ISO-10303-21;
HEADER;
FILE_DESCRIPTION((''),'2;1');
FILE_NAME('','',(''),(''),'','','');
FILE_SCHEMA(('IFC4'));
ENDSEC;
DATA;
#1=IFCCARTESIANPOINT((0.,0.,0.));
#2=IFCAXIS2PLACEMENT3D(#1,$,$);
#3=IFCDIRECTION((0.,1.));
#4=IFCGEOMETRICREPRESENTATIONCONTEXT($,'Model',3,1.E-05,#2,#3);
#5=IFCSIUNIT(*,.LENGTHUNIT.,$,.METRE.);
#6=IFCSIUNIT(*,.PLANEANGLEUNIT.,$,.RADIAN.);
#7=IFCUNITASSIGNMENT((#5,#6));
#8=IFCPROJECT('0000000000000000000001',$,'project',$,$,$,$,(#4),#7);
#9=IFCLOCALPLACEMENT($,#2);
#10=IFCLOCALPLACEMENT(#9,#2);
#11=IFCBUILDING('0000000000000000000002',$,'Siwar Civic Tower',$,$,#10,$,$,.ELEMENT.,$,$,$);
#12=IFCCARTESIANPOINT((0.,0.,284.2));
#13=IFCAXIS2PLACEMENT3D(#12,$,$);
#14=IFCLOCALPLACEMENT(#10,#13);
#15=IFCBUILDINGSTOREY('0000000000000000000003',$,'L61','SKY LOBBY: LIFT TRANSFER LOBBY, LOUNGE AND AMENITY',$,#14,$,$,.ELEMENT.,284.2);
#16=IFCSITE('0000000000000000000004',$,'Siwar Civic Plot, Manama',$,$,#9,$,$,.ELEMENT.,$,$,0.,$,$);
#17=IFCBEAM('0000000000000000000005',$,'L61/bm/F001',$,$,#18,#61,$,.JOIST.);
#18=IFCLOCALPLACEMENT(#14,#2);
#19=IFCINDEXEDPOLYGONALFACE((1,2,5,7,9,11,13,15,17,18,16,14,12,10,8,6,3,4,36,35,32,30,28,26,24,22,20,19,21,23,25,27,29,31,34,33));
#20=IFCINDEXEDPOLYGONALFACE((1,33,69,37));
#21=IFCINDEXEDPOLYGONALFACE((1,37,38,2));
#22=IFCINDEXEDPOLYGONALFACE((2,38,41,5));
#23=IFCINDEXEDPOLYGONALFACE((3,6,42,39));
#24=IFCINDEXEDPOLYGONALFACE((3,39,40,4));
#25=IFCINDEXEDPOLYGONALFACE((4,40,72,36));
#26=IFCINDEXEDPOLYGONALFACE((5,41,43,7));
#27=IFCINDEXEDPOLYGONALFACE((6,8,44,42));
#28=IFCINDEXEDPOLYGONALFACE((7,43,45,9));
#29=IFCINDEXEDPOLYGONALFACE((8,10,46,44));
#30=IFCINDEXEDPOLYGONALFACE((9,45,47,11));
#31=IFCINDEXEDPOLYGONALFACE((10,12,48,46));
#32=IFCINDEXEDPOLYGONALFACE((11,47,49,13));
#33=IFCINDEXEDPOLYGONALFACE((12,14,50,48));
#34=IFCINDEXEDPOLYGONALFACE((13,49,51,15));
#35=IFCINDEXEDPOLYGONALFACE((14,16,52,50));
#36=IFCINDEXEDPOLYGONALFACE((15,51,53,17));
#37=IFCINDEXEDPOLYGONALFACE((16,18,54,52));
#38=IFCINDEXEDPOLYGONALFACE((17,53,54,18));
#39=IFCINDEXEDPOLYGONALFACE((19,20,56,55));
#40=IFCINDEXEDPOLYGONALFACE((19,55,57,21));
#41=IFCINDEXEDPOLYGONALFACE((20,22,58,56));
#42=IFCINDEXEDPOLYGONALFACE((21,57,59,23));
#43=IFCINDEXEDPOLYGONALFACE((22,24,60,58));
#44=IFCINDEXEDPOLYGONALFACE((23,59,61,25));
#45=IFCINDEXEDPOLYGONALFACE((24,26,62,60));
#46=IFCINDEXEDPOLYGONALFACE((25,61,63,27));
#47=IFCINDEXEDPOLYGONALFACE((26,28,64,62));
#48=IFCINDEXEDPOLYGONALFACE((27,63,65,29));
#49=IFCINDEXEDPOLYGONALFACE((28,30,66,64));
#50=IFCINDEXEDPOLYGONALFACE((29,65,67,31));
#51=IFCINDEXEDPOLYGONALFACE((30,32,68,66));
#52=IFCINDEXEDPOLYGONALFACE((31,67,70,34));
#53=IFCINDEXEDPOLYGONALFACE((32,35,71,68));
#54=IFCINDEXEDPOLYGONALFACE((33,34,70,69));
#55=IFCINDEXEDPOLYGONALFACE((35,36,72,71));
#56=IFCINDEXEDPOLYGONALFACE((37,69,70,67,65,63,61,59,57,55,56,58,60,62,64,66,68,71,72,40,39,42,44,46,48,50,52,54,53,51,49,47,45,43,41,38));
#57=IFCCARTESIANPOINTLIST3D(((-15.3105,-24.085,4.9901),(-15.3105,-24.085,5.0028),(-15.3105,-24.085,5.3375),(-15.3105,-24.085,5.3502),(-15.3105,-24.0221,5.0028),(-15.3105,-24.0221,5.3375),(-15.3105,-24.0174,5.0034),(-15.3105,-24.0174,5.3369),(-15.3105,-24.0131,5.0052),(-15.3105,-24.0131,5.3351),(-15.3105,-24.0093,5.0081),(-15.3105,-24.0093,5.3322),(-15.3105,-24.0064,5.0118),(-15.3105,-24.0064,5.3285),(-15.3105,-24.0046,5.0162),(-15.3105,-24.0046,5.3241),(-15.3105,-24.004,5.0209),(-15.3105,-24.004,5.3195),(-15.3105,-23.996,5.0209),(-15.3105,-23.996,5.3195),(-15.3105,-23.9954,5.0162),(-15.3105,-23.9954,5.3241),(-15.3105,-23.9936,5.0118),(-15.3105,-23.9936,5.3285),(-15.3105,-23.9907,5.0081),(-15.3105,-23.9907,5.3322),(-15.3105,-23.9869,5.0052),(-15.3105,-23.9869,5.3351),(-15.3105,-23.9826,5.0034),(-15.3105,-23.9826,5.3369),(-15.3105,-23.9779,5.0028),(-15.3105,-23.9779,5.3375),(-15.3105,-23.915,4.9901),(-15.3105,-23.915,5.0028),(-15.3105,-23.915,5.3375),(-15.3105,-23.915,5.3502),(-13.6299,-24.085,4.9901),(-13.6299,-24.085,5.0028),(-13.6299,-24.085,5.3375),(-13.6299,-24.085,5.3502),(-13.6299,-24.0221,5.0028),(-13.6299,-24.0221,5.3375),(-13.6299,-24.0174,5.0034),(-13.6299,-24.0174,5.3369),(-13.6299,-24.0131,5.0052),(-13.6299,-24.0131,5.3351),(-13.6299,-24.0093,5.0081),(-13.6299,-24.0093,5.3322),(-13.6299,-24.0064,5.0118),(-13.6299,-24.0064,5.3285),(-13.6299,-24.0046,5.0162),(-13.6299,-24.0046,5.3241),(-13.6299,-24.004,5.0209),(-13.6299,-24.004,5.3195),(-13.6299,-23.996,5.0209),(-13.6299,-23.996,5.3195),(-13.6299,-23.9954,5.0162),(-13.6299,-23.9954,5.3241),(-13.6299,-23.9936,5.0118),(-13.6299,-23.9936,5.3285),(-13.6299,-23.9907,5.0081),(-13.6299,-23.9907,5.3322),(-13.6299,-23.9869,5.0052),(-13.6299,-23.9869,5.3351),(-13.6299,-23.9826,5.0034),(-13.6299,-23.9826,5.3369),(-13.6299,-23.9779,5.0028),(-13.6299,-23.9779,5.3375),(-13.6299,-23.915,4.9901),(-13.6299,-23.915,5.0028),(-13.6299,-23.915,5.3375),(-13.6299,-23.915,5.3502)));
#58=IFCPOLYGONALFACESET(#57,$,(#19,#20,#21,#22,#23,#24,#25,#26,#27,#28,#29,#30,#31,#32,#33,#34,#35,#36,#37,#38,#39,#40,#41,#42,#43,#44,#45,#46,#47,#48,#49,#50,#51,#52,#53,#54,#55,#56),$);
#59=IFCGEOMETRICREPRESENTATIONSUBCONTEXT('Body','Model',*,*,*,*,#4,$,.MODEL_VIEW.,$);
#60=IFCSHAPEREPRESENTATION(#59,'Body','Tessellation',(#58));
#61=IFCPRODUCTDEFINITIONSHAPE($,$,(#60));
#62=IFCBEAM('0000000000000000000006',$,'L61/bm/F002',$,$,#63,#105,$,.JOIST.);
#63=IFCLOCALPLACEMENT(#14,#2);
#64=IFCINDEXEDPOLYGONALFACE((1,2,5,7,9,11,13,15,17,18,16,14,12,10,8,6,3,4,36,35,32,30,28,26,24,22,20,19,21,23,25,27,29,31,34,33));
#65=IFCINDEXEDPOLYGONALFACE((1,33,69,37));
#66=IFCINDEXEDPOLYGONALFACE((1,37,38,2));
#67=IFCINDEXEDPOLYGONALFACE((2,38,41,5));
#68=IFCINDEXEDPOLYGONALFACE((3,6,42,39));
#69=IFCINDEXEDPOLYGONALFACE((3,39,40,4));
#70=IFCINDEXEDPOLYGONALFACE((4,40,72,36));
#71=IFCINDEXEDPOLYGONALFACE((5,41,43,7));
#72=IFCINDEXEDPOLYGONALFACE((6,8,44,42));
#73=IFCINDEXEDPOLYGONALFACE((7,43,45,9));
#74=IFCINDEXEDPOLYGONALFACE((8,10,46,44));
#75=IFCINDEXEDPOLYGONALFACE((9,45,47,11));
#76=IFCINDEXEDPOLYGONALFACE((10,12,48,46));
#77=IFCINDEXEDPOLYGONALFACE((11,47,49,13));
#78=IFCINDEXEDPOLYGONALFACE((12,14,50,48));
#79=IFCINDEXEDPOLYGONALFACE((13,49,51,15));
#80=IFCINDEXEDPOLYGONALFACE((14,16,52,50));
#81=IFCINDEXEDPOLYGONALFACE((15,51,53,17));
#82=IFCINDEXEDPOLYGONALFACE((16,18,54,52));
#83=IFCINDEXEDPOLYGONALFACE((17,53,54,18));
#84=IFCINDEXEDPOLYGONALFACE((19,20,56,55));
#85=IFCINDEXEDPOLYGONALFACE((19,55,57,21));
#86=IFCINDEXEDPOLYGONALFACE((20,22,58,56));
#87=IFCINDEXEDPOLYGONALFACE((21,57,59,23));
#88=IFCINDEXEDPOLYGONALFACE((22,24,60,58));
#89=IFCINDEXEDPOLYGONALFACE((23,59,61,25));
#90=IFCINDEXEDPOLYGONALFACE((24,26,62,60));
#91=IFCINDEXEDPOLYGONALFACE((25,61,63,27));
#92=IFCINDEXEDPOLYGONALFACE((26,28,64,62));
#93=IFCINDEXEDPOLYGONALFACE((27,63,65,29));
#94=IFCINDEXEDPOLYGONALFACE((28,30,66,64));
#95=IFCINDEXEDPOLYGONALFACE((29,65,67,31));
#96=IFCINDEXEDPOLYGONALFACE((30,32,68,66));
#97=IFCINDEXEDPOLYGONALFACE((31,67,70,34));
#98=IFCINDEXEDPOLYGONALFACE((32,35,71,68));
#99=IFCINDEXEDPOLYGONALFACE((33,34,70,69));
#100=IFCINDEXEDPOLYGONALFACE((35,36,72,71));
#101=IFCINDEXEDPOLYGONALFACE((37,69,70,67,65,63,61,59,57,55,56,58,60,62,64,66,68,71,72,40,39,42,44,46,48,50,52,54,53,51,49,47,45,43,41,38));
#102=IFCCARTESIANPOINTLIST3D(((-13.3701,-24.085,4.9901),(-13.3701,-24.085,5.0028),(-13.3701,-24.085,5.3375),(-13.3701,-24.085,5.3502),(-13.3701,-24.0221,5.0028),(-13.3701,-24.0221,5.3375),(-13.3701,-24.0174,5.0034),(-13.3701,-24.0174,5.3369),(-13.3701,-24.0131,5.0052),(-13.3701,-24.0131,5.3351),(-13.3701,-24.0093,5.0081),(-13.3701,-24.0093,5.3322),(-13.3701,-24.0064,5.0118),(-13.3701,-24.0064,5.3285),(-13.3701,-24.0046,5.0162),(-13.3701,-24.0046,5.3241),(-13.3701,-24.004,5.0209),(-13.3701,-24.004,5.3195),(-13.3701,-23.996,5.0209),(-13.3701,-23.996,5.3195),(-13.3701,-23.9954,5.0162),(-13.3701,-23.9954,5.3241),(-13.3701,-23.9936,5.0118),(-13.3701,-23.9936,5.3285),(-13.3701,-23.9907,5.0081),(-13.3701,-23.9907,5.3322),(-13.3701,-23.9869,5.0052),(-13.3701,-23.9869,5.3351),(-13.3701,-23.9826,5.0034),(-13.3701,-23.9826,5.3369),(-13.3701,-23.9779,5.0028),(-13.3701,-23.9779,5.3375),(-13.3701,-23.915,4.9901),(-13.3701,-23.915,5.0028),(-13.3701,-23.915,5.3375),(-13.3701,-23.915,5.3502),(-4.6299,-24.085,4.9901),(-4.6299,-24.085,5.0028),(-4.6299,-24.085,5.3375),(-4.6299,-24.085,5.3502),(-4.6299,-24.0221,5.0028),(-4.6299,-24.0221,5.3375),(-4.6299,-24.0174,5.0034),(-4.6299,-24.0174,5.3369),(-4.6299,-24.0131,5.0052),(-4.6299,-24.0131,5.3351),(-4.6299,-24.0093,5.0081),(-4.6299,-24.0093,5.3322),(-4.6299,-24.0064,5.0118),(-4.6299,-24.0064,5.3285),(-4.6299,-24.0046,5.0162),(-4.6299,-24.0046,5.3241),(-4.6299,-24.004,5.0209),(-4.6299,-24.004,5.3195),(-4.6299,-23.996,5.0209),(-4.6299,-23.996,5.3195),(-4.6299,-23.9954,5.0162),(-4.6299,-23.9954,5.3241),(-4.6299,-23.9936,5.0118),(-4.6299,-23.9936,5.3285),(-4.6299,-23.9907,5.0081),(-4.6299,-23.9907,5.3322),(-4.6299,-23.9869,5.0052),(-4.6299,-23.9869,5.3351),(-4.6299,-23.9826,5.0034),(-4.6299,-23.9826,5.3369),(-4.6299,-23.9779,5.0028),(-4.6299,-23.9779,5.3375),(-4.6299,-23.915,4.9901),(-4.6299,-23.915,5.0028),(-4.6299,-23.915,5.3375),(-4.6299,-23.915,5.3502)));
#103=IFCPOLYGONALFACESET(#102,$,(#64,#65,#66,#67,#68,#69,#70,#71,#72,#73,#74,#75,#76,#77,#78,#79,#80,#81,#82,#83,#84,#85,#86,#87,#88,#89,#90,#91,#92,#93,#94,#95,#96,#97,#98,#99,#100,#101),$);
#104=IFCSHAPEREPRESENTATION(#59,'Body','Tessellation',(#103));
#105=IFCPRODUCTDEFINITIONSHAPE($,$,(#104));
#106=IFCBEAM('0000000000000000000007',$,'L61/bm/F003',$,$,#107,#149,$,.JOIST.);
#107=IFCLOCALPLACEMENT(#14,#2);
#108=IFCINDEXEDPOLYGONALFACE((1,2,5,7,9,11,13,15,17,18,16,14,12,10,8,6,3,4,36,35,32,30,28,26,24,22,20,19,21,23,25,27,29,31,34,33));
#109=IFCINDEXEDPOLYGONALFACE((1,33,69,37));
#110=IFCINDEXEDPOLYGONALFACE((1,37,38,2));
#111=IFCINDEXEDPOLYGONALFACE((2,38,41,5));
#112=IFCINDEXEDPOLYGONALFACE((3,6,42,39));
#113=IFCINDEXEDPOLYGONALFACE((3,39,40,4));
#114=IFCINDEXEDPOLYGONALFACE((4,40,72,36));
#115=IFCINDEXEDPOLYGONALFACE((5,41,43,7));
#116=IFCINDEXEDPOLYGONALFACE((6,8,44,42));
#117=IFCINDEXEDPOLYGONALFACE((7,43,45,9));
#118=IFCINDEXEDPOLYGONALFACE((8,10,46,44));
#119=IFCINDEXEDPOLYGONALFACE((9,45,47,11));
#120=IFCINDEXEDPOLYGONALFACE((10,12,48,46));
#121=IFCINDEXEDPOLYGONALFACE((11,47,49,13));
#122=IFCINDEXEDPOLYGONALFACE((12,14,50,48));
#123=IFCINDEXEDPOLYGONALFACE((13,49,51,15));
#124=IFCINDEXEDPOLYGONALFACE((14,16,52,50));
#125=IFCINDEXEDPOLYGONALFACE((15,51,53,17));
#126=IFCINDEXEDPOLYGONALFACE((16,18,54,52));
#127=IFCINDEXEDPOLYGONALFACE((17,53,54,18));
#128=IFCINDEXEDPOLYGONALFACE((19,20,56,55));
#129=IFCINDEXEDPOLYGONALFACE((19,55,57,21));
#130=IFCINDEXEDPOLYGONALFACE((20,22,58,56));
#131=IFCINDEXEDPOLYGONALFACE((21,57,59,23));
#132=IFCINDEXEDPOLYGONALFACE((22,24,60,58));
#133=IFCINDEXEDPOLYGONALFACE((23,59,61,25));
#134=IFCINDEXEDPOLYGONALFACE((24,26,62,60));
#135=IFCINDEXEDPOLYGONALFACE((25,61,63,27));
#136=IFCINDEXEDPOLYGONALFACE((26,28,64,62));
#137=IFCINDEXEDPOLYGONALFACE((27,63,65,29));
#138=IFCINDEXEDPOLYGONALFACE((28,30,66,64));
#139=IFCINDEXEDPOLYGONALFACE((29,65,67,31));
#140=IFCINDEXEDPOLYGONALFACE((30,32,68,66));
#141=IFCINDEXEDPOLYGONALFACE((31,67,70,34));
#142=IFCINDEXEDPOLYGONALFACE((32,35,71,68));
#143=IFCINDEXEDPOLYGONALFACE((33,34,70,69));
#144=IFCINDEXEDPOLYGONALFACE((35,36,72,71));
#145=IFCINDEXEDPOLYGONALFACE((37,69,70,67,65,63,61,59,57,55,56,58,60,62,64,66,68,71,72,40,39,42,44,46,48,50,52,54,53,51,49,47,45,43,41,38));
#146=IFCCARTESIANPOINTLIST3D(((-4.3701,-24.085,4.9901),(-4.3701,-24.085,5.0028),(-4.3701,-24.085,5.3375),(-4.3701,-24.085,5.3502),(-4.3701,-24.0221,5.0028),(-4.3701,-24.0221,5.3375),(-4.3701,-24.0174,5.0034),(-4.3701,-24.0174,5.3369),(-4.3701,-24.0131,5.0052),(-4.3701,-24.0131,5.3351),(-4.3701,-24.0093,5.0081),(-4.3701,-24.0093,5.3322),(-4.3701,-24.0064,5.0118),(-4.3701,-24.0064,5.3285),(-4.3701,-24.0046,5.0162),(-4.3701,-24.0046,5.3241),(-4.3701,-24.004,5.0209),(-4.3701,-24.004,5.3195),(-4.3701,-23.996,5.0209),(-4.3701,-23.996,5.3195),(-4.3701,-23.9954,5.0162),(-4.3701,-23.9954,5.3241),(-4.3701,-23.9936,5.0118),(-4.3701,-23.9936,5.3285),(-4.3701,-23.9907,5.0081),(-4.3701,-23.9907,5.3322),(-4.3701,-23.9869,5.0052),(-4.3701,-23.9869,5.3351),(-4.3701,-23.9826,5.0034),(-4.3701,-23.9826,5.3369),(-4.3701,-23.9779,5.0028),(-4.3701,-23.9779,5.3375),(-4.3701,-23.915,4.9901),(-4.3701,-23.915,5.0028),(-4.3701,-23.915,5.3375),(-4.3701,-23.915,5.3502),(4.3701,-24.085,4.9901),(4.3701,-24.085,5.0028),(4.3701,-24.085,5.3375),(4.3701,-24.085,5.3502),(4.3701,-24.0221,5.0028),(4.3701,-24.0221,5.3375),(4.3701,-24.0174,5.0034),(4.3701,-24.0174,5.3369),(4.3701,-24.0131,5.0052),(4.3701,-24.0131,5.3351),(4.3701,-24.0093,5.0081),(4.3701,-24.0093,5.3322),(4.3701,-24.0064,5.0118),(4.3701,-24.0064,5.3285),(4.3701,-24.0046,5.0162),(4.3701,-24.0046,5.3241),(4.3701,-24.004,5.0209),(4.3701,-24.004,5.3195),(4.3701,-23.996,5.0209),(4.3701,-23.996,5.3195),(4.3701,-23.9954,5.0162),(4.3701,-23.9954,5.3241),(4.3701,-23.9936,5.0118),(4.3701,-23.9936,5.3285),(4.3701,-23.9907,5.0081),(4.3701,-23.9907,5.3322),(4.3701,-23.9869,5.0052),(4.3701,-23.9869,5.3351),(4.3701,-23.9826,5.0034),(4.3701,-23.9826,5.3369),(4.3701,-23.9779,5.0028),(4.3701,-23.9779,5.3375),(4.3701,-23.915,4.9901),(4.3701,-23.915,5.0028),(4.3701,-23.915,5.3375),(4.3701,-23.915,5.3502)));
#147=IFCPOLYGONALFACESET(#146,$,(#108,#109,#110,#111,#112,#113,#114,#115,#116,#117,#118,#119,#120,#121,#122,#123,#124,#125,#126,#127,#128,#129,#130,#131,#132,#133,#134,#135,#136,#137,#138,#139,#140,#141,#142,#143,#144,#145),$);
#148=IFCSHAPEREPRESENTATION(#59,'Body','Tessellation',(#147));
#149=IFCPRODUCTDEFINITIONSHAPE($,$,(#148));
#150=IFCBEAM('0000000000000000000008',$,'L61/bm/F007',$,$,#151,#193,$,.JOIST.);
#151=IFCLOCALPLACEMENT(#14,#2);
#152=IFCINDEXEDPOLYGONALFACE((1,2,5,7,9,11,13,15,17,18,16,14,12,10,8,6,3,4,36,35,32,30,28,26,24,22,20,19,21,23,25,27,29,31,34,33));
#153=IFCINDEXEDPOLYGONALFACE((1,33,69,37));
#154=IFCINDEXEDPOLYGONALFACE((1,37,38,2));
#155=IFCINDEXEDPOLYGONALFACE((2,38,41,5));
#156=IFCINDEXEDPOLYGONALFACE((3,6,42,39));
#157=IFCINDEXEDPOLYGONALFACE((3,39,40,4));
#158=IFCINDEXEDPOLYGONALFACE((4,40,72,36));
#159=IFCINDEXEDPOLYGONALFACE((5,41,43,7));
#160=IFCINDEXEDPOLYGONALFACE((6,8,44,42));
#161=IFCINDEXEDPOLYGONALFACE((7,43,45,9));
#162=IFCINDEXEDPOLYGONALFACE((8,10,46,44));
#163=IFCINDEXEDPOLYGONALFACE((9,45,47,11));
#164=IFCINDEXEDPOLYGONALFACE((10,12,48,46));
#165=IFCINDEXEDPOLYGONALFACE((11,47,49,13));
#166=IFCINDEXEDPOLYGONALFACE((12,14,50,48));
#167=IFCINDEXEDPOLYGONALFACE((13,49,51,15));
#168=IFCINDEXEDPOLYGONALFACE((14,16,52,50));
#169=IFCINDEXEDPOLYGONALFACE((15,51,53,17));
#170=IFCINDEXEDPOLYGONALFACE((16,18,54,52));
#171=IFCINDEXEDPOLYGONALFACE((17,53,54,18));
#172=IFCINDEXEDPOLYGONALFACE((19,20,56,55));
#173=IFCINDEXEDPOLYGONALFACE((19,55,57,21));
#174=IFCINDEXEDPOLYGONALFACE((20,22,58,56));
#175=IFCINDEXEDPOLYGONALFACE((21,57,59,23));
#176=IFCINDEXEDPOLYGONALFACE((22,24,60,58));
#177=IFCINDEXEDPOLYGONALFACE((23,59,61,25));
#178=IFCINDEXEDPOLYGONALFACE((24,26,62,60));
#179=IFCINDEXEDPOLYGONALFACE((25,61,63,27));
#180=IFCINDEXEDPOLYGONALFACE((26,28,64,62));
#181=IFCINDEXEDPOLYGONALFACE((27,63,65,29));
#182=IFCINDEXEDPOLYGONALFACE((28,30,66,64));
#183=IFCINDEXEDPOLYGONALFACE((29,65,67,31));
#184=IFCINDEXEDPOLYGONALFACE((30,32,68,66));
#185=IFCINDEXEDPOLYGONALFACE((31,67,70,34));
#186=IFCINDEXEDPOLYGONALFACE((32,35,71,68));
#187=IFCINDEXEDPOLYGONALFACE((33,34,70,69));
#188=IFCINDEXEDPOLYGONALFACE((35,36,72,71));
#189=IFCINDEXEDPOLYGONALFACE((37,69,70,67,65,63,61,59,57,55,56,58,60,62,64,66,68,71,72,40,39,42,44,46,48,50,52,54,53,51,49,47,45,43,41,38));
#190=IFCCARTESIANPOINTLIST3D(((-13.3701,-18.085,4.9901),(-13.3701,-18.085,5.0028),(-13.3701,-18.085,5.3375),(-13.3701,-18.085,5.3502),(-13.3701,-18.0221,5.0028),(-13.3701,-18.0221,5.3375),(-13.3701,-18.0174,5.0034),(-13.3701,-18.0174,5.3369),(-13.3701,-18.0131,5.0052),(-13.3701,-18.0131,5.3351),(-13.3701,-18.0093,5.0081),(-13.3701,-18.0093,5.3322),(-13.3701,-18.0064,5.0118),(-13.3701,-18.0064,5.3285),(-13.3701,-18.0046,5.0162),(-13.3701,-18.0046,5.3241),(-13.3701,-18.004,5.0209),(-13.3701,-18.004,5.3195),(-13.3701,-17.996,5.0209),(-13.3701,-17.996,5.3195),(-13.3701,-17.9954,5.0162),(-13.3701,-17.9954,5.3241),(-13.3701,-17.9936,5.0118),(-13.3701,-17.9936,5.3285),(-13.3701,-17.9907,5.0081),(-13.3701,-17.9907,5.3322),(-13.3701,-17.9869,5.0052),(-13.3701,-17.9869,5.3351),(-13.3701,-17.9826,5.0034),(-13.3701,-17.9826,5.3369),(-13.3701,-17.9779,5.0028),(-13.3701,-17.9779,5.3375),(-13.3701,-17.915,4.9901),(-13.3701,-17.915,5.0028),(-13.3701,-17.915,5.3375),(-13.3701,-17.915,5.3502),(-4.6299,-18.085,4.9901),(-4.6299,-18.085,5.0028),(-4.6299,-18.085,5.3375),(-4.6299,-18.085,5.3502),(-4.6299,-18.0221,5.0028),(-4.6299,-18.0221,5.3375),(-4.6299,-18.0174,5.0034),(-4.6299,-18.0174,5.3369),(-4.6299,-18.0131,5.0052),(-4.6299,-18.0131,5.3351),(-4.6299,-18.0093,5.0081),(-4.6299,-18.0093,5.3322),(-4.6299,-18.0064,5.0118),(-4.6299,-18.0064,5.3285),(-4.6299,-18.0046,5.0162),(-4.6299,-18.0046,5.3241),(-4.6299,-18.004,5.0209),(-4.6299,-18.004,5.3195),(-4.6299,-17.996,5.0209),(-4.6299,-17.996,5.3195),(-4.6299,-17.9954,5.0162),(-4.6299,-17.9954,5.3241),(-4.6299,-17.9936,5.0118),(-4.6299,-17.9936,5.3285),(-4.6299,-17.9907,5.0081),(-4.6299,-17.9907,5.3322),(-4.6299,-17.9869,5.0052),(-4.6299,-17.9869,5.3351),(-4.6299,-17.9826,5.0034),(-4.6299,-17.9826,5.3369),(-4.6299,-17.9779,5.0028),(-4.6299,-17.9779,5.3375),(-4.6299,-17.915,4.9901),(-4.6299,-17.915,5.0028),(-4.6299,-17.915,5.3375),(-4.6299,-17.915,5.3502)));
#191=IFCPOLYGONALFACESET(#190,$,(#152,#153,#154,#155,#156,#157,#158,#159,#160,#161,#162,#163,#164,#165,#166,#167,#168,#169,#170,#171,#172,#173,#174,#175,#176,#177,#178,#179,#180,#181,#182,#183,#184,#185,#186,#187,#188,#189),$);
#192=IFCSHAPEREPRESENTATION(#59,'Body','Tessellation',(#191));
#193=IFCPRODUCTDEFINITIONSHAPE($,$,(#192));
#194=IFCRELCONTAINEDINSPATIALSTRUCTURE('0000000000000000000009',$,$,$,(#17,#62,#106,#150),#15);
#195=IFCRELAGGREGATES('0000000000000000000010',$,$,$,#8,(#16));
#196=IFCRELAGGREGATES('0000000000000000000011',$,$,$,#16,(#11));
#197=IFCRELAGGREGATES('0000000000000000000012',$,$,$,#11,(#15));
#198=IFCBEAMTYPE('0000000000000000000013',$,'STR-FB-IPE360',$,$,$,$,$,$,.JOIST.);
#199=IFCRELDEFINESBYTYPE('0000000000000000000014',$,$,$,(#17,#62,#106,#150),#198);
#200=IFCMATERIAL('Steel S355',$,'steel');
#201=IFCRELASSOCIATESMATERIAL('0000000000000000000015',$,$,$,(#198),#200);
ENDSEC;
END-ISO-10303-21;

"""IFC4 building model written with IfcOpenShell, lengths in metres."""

from ifc_helpers import new_model, si_unit, direction, frame, origin, origin_2d, place, context, subcontext, project, spatial, i_section, extrude, material, material_profile, profile_set, type_object, element, save


model = new_model("IFC4")

# Units and contexts
model_context = context("Model", 3, precision=1e-05, world=origin(), true_north=direction((0.0, 1.0)))
body_context = subcontext(model_context, "Body", "Model", "MODEL_VIEW")
ifc_project = project(units=[si_unit("LENGTHUNIT", "METRE"), si_unit("PLANEANGLEUNIT", "RADIAN")], contexts=[model_context])

# Site, building, storey
site_placement = place(None, origin())
site = spatial("IfcSite", under=ifc_project, at=site_placement, Name="Siwar Civic Plot, Manama", CompositionType="ELEMENT", RefElevation=0.0)
building_placement = place(site_placement, origin())
building = spatial("IfcBuilding", under=site, at=building_placement, Name="Siwar Civic Tower", CompositionType="ELEMENT")
storey_placement = place(building_placement, frame((0.0, 0.0, 284.2)))
storey = spatial("IfcBuildingStorey", under=building, at=storey_placement, Name="L61", Description="SKY LOBBY: LIFT TRANSFER LOBBY, LOUNGE AND AMENITY", CompositionType="ELEMENT", Elevation=284.2)

# Beams
ifc_material_1 = material(Name="Steel S355", Category="steel")
ifc_material_profile_1 = material_profile(ifc_material_1, i_section(OverallWidth=0.1699, OverallDepth=0.3601, WebThickness=0.0081, FlangeThickness=0.0127, FilletRadius=0.0181, at=origin_2d()), Name="IPE360")
ifc_profile_set_1 = profile_set([ifc_material_profile_1], Name="Steel S355")
beam_type_1 = type_object("IfcBeamType", Name="STR-FB-IPE360", PredefinedType="JOIST", material=ifc_profile_set_1)
beam_1_placement = place(storey_placement, frame((-15.3105, -24.0, 5.1702), z_axis=(1.0, 0.0, 0.0), x_axis=(0.0, 1.0, 0.0)))
element("IfcBeam", 1, at=beam_1_placement, inside=storey, type_object=beam_type_1, Name="L61/bm/F001", PredefinedType="JOIST", context=body_context, shape_type="SweptSolid", body=[
    extrude(i_section(OverallWidth=0.1699, OverallDepth=0.3601, WebThickness=0.0081, FlangeThickness=0.0127, FilletRadius=0.0181, at=origin_2d()), origin(), (0.0, 0.0, 1.0), 1.6807),
])
for number, where, z_axis, x_axis, name in (
    (2, (-13.3701, -24.0, 5.1702), (1.0, 0.0, 0.0), (0.0, 1.0, 0.0), "L61/bm/F002"),
    (3, (-4.3701, -24.0, 5.1702), (1.0, 0.0, 0.0), (0.0, 1.0, 0.0), "L61/bm/F003"),
    (4, (-13.3701, -18.0, 5.1702), (1.0, 0.0, 0.0), (0.0, 1.0, 0.0), "L61/bm/F007"),
):
    element("IfcBeam", number, at=place(storey_placement, frame(where, z_axis=z_axis, x_axis=x_axis)), inside=storey, type_object=beam_type_1, Name=name, PredefinedType="JOIST", context=body_context, shape_type="SweptSolid", body=[
        extrude(i_section(OverallWidth=0.1699, OverallDepth=0.3601, WebThickness=0.0081, FlangeThickness=0.0127, FilletRadius=0.0181, at=origin_2d()), origin(), (0.0, 0.0, 1.0), 8.7402),
    ])

save(model, "model.ifc")
